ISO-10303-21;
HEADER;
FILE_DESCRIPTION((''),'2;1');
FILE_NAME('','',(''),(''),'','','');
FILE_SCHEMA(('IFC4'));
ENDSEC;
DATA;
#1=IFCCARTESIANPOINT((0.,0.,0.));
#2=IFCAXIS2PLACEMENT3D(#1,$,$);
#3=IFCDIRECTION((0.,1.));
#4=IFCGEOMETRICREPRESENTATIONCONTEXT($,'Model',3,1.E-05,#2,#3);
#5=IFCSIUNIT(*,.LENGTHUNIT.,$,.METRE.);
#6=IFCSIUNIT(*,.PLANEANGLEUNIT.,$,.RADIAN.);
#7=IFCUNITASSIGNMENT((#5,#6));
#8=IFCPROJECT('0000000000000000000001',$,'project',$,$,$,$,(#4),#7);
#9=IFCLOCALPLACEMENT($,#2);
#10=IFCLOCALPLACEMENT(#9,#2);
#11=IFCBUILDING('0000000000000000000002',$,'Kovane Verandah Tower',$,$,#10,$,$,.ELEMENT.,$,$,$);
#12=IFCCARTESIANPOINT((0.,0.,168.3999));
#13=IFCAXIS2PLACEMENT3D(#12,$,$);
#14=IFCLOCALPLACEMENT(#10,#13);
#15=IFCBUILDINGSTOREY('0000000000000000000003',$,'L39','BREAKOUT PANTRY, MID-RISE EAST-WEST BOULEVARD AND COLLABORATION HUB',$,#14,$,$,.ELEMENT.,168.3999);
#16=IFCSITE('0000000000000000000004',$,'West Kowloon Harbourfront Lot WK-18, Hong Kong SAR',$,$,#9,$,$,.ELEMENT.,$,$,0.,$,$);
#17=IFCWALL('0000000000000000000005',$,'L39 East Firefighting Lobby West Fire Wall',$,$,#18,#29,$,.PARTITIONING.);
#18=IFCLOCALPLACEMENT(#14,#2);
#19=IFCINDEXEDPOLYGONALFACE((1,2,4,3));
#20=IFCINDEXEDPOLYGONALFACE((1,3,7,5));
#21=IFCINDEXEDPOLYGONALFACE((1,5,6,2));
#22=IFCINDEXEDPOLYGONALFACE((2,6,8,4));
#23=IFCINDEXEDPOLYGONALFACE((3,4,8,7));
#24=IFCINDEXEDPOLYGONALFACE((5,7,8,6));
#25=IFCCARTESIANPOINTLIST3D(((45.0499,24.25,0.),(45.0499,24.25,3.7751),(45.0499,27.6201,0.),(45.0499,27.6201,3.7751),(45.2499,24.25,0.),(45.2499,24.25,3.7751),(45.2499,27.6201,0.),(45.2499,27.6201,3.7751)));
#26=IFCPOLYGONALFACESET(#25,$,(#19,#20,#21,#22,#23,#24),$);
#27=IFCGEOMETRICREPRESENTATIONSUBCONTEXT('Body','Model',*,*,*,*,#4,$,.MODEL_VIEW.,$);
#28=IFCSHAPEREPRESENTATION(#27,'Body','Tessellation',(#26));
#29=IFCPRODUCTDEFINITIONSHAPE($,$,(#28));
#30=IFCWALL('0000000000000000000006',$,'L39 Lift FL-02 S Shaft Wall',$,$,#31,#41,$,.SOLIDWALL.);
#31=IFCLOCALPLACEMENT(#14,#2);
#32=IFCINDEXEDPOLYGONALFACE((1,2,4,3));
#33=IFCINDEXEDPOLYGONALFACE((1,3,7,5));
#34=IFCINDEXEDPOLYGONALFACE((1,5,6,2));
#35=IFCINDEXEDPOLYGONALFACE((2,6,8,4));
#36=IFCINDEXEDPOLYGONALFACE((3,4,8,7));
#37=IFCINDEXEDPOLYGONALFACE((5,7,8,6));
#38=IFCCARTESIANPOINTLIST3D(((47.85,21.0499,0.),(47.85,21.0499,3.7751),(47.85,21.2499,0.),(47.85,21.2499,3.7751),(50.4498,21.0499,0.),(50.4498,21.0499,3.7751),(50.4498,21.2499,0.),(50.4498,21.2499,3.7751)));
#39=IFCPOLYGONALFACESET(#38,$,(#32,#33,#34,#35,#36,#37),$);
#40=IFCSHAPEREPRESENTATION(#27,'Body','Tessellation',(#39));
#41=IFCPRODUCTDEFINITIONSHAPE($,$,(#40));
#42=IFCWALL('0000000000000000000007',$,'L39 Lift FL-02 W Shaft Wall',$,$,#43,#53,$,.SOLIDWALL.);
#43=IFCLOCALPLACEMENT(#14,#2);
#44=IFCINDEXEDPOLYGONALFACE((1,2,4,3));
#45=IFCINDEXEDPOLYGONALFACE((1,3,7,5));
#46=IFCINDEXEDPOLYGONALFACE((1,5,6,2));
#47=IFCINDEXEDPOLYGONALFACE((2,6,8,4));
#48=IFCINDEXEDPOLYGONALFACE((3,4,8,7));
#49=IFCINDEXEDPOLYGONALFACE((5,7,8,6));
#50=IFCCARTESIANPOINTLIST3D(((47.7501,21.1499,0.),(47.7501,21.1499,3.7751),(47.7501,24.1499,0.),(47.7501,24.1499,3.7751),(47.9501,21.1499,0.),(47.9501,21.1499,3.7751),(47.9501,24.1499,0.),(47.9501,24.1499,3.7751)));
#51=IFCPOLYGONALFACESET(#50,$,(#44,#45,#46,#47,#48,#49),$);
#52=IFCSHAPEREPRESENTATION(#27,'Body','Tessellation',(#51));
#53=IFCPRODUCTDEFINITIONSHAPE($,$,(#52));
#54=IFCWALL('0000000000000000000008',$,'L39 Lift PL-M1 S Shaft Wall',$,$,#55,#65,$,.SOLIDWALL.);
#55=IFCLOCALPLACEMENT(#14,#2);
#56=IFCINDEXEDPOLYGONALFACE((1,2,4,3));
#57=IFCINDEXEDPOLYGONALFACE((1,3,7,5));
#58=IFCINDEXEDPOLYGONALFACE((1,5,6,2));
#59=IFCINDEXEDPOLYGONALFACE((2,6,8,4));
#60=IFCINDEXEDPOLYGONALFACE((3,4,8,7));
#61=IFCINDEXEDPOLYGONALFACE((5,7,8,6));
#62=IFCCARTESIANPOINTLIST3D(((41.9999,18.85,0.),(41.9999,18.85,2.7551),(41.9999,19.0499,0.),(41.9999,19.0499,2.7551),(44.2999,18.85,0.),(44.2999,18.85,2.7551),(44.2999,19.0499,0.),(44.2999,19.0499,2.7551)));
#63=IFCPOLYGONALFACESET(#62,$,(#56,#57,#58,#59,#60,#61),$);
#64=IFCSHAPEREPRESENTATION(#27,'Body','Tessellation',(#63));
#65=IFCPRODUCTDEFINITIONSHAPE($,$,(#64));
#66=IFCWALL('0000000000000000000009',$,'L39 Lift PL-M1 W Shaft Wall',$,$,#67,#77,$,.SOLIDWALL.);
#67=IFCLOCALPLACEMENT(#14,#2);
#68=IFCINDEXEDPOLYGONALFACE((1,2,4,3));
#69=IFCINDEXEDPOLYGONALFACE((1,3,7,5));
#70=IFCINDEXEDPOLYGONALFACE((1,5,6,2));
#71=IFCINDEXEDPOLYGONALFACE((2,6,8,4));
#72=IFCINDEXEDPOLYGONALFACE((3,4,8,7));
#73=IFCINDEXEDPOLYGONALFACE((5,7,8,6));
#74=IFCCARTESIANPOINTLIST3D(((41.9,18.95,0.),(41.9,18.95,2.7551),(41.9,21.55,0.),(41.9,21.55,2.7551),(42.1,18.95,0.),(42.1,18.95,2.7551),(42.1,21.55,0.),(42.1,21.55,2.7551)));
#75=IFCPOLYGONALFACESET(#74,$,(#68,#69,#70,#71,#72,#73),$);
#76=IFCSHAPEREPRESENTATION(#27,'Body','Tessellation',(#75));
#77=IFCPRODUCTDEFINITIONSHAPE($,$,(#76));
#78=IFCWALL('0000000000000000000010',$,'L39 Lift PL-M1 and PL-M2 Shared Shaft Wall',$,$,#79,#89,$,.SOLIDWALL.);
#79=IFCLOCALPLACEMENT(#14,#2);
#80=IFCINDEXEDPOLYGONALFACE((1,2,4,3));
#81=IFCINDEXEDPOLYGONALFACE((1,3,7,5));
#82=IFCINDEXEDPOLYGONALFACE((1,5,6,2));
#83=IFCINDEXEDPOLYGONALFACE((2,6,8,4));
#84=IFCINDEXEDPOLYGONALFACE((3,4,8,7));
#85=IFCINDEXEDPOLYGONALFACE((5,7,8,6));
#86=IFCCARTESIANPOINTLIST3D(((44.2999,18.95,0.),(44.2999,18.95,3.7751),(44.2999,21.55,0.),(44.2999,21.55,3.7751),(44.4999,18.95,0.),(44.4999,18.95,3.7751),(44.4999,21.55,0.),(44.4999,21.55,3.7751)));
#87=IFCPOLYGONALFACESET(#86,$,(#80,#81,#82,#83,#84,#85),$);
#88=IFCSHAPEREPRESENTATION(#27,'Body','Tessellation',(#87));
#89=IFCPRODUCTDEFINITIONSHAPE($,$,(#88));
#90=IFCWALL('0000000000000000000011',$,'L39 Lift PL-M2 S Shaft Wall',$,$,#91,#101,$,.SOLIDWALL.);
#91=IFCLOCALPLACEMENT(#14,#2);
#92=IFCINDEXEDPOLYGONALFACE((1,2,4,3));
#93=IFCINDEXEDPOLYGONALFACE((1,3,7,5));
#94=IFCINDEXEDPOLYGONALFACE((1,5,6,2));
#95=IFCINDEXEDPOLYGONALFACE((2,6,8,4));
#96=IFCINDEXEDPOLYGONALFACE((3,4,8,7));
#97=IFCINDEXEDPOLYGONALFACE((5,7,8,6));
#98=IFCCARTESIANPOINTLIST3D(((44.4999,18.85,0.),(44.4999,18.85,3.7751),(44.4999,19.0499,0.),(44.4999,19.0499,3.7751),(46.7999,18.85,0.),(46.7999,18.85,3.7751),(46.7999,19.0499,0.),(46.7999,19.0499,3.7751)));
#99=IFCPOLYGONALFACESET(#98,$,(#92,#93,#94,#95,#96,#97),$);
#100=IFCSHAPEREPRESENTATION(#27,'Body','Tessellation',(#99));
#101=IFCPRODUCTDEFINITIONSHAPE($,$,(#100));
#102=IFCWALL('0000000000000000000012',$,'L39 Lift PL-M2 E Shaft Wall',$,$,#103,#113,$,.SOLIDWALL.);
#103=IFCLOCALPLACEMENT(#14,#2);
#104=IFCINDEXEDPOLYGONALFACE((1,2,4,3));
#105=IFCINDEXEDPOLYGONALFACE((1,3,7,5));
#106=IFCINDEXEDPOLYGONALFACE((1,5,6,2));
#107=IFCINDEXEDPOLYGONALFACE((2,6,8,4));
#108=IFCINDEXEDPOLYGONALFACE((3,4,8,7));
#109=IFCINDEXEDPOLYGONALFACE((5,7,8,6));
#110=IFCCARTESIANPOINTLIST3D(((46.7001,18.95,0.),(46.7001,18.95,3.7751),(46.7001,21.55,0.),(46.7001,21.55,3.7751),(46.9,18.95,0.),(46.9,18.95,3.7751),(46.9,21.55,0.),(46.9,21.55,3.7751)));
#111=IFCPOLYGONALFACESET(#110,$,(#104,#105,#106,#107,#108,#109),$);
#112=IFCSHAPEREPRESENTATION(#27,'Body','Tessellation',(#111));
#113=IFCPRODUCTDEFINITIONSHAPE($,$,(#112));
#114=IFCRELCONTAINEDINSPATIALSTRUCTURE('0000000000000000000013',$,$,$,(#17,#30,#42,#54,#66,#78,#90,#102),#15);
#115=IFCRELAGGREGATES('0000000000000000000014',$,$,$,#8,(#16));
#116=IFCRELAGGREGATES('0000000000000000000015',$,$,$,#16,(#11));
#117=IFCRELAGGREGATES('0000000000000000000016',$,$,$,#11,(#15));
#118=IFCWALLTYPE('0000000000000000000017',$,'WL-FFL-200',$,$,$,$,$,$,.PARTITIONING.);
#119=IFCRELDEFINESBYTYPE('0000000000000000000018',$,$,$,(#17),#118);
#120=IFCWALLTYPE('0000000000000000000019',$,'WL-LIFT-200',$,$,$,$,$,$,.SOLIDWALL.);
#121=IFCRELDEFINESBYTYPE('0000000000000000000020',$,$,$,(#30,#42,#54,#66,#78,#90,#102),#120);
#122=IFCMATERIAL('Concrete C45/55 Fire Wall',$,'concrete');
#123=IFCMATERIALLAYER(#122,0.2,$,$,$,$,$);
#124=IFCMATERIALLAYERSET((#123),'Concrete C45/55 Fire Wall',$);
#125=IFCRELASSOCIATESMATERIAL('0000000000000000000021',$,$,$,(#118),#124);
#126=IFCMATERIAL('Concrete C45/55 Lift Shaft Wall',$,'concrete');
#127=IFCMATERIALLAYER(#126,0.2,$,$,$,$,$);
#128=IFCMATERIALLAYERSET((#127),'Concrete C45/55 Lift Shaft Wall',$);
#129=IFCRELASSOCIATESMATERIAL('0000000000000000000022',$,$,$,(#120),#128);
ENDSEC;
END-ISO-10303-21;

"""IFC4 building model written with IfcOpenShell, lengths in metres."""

from ifc_helpers import new_model, si_unit, direction, frame, frame_2d, origin, place, context, subcontext, project, spatial, rectangle, extrude, material, layer, layer_set, type_object, element, save


model = new_model("IFC4")

# Units and contexts
model_context = context("Model", 3, precision=1e-05, world=origin(), true_north=direction((0.0, 1.0)))
body_context = subcontext(model_context, "Body", "Model", "MODEL_VIEW")
ifc_project = project(units=[si_unit("LENGTHUNIT", "METRE"), si_unit("PLANEANGLEUNIT", "RADIAN")], contexts=[model_context])

# Site, building, storey
site_placement = place(None, origin())
site = spatial("IfcSite", under=ifc_project, at=site_placement, Name="West Kowloon Harbourfront Lot WK-18, Hong Kong SAR", CompositionType="ELEMENT", RefElevation=0.0)
building_placement = place(site_placement, origin())
building = spatial("IfcBuilding", under=site, at=building_placement, Name="Kovane Verandah Tower", CompositionType="ELEMENT")
storey_placement = place(building_placement, frame((0.0, 0.0, 168.3999)))
storey = spatial("IfcBuildingStorey", under=building, at=storey_placement, Name="L39", Description="BREAKOUT PANTRY, MID-RISE EAST-WEST BOULEVARD AND COLLABORATION HUB", CompositionType="ELEMENT", Elevation=168.3999)

# Wall
ifc_material_1 = material(Name="Concrete C45/55 Fire Wall", Category="concrete")
ifc_layer_1 = layer(ifc_material_1, 0.2)
ifc_layer_set_1 = layer_set([ifc_layer_1], Name="Concrete C45/55 Fire Wall")
wall_type_1 = type_object("IfcWallType", Name="WL-FFL-200", PredefinedType="PARTITIONING", material=ifc_layer_set_1)
wall_1_placement = place(storey_placement, frame((45.1499, 24.25, 0.0), z_axis=(0.0, 0.0, 1.0), x_axis=(0.0, 1.0, 0.0)))
element("IfcWall", 1, at=wall_1_placement, inside=storey, type_object=wall_type_1, Name="L39 East Firefighting Lobby West Fire Wall", PredefinedType="PARTITIONING", context=body_context, shape_type="SweptSolid", body=[
    extrude(rectangle(XDim=3.3701, YDim=0.2, at=frame_2d((1.6851, 0.0))), origin(), (0.0, 0.0, 1.0), 3.7751),
])

# Wall
ifc_material_2 = material(Name="Concrete C45/55 Lift Shaft Wall", Category="concrete")
ifc_layer_2 = layer(ifc_material_2, 0.2)
ifc_layer_set_2 = layer_set([ifc_layer_2], Name="Concrete C45/55 Lift Shaft Wall")
wall_type_2 = type_object("IfcWallType", Name="WL-LIFT-200", PredefinedType="SOLIDWALL", material=ifc_layer_set_2)
wall_2_placement = place(storey_placement, frame((47.8501, 21.1499, 0.0), z_axis=(0.0, 0.0, 1.0), x_axis=(1.0, 0.0, 0.0)))
element("IfcWall", 2, at=wall_2_placement, inside=storey, type_object=wall_type_2, Name="L39 Lift FL-02 S Shaft Wall", PredefinedType="SOLIDWALL", context=body_context, shape_type="SweptSolid", body=[
    extrude(rectangle(XDim=2.5999, YDim=0.2, at=frame_2d((1.2998, 0.0))), origin(), (0.0, 0.0, 1.0), 3.7751),
])

# Walls
wall_3_placement = place(storey_placement, frame((47.8501, 24.1499, 0.0), z_axis=(0.0, 0.0, 1.0), x_axis=(0.0, -1.0, 0.0)))
element("IfcWall", 3, at=wall_3_placement, inside=storey, type_object=wall_type_2, Name="L39 Lift FL-02 W Shaft Wall", PredefinedType="SOLIDWALL", context=body_context, shape_type="SweptSolid", body=[
    extrude(rectangle(XDim=3.0, YDim=0.2, at=frame_2d((1.5, 0.0))), origin(), (0.0, 0.0, 1.0), 3.7751),
])
wall_4_placement = place(storey_placement, frame((42.0, 18.95, 0.0), z_axis=(0.0, 0.0, 1.0), x_axis=(1.0, 0.0, 0.0)))
element("IfcWall", 4, at=wall_4_placement, inside=storey, type_object=wall_type_2, Name="L39 Lift PL-M1 S Shaft Wall", PredefinedType="SOLIDWALL", context=body_context, shape_type="SweptSolid", body=[
    extrude(rectangle(XDim=2.3, YDim=0.2, at=frame_2d((1.1499, 0.0))), origin(), (0.0, 0.0, 1.0), 2.7551),
])

# Walls
wall_5_placement = place(storey_placement, frame((42.0, 21.55, 0.0), z_axis=(0.0, 0.0, 1.0), x_axis=(0.0, -1.0, 0.0)))
element("IfcWall", 5, at=wall_5_placement, inside=storey, type_object=wall_type_2, Name="L39 Lift PL-M1 W Shaft Wall", PredefinedType="SOLIDWALL", context=body_context, shape_type="SweptSolid", body=[
    extrude(rectangle(XDim=2.6001, YDim=0.2, at=frame_2d((1.3, 0.0))), origin(), (0.0, 0.0, 1.0), 2.7551),
])
wall_6_placement = place(storey_placement, frame((44.3999, 18.95, 0.0), z_axis=(0.0, 0.0, 1.0), x_axis=(0.0, 1.0, 0.0)))
element("IfcWall", 6, at=wall_6_placement, inside=storey, type_object=wall_type_2, Name="L39 Lift PL-M1 and PL-M2 Shared Shaft Wall", PredefinedType="SOLIDWALL", context=body_context, shape_type="SweptSolid", body=[
    extrude(rectangle(XDim=2.6001, YDim=0.2, at=frame_2d((1.3, 0.0))), origin(), (0.0, 0.0, 1.0), 3.7751),
])
wall_7_placement = place(storey_placement, frame((44.5, 18.95, 0.0), z_axis=(0.0, 0.0, 1.0), x_axis=(1.0, 0.0, 0.0)))
element("IfcWall", 7, at=wall_7_placement, inside=storey, type_object=wall_type_2, Name="L39 Lift PL-M2 S Shaft Wall", PredefinedType="SOLIDWALL", context=body_context, shape_type="SweptSolid", body=[
    extrude(rectangle(XDim=2.3, YDim=0.2, at=frame_2d((1.1499, 0.0))), origin(), (0.0, 0.0, 1.0), 3.7751),
])

# Wall
wall_8_placement = place(storey_placement, frame((46.8, 18.95, 0.0), z_axis=(0.0, 0.0, 1.0), x_axis=(0.0, 1.0, 0.0)))
element("IfcWall", 8, at=wall_8_placement, inside=storey, type_object=wall_type_2, Name="L39 Lift PL-M2 E Shaft Wall", PredefinedType="SOLIDWALL", context=body_context, shape_type="SweptSolid", body=[
    extrude(rectangle(XDim=2.6001, YDim=0.2, at=frame_2d((1.3, 0.0))), origin(), (0.0, 0.0, 1.0), 3.7751),
])

save(model, "model.ifc")
